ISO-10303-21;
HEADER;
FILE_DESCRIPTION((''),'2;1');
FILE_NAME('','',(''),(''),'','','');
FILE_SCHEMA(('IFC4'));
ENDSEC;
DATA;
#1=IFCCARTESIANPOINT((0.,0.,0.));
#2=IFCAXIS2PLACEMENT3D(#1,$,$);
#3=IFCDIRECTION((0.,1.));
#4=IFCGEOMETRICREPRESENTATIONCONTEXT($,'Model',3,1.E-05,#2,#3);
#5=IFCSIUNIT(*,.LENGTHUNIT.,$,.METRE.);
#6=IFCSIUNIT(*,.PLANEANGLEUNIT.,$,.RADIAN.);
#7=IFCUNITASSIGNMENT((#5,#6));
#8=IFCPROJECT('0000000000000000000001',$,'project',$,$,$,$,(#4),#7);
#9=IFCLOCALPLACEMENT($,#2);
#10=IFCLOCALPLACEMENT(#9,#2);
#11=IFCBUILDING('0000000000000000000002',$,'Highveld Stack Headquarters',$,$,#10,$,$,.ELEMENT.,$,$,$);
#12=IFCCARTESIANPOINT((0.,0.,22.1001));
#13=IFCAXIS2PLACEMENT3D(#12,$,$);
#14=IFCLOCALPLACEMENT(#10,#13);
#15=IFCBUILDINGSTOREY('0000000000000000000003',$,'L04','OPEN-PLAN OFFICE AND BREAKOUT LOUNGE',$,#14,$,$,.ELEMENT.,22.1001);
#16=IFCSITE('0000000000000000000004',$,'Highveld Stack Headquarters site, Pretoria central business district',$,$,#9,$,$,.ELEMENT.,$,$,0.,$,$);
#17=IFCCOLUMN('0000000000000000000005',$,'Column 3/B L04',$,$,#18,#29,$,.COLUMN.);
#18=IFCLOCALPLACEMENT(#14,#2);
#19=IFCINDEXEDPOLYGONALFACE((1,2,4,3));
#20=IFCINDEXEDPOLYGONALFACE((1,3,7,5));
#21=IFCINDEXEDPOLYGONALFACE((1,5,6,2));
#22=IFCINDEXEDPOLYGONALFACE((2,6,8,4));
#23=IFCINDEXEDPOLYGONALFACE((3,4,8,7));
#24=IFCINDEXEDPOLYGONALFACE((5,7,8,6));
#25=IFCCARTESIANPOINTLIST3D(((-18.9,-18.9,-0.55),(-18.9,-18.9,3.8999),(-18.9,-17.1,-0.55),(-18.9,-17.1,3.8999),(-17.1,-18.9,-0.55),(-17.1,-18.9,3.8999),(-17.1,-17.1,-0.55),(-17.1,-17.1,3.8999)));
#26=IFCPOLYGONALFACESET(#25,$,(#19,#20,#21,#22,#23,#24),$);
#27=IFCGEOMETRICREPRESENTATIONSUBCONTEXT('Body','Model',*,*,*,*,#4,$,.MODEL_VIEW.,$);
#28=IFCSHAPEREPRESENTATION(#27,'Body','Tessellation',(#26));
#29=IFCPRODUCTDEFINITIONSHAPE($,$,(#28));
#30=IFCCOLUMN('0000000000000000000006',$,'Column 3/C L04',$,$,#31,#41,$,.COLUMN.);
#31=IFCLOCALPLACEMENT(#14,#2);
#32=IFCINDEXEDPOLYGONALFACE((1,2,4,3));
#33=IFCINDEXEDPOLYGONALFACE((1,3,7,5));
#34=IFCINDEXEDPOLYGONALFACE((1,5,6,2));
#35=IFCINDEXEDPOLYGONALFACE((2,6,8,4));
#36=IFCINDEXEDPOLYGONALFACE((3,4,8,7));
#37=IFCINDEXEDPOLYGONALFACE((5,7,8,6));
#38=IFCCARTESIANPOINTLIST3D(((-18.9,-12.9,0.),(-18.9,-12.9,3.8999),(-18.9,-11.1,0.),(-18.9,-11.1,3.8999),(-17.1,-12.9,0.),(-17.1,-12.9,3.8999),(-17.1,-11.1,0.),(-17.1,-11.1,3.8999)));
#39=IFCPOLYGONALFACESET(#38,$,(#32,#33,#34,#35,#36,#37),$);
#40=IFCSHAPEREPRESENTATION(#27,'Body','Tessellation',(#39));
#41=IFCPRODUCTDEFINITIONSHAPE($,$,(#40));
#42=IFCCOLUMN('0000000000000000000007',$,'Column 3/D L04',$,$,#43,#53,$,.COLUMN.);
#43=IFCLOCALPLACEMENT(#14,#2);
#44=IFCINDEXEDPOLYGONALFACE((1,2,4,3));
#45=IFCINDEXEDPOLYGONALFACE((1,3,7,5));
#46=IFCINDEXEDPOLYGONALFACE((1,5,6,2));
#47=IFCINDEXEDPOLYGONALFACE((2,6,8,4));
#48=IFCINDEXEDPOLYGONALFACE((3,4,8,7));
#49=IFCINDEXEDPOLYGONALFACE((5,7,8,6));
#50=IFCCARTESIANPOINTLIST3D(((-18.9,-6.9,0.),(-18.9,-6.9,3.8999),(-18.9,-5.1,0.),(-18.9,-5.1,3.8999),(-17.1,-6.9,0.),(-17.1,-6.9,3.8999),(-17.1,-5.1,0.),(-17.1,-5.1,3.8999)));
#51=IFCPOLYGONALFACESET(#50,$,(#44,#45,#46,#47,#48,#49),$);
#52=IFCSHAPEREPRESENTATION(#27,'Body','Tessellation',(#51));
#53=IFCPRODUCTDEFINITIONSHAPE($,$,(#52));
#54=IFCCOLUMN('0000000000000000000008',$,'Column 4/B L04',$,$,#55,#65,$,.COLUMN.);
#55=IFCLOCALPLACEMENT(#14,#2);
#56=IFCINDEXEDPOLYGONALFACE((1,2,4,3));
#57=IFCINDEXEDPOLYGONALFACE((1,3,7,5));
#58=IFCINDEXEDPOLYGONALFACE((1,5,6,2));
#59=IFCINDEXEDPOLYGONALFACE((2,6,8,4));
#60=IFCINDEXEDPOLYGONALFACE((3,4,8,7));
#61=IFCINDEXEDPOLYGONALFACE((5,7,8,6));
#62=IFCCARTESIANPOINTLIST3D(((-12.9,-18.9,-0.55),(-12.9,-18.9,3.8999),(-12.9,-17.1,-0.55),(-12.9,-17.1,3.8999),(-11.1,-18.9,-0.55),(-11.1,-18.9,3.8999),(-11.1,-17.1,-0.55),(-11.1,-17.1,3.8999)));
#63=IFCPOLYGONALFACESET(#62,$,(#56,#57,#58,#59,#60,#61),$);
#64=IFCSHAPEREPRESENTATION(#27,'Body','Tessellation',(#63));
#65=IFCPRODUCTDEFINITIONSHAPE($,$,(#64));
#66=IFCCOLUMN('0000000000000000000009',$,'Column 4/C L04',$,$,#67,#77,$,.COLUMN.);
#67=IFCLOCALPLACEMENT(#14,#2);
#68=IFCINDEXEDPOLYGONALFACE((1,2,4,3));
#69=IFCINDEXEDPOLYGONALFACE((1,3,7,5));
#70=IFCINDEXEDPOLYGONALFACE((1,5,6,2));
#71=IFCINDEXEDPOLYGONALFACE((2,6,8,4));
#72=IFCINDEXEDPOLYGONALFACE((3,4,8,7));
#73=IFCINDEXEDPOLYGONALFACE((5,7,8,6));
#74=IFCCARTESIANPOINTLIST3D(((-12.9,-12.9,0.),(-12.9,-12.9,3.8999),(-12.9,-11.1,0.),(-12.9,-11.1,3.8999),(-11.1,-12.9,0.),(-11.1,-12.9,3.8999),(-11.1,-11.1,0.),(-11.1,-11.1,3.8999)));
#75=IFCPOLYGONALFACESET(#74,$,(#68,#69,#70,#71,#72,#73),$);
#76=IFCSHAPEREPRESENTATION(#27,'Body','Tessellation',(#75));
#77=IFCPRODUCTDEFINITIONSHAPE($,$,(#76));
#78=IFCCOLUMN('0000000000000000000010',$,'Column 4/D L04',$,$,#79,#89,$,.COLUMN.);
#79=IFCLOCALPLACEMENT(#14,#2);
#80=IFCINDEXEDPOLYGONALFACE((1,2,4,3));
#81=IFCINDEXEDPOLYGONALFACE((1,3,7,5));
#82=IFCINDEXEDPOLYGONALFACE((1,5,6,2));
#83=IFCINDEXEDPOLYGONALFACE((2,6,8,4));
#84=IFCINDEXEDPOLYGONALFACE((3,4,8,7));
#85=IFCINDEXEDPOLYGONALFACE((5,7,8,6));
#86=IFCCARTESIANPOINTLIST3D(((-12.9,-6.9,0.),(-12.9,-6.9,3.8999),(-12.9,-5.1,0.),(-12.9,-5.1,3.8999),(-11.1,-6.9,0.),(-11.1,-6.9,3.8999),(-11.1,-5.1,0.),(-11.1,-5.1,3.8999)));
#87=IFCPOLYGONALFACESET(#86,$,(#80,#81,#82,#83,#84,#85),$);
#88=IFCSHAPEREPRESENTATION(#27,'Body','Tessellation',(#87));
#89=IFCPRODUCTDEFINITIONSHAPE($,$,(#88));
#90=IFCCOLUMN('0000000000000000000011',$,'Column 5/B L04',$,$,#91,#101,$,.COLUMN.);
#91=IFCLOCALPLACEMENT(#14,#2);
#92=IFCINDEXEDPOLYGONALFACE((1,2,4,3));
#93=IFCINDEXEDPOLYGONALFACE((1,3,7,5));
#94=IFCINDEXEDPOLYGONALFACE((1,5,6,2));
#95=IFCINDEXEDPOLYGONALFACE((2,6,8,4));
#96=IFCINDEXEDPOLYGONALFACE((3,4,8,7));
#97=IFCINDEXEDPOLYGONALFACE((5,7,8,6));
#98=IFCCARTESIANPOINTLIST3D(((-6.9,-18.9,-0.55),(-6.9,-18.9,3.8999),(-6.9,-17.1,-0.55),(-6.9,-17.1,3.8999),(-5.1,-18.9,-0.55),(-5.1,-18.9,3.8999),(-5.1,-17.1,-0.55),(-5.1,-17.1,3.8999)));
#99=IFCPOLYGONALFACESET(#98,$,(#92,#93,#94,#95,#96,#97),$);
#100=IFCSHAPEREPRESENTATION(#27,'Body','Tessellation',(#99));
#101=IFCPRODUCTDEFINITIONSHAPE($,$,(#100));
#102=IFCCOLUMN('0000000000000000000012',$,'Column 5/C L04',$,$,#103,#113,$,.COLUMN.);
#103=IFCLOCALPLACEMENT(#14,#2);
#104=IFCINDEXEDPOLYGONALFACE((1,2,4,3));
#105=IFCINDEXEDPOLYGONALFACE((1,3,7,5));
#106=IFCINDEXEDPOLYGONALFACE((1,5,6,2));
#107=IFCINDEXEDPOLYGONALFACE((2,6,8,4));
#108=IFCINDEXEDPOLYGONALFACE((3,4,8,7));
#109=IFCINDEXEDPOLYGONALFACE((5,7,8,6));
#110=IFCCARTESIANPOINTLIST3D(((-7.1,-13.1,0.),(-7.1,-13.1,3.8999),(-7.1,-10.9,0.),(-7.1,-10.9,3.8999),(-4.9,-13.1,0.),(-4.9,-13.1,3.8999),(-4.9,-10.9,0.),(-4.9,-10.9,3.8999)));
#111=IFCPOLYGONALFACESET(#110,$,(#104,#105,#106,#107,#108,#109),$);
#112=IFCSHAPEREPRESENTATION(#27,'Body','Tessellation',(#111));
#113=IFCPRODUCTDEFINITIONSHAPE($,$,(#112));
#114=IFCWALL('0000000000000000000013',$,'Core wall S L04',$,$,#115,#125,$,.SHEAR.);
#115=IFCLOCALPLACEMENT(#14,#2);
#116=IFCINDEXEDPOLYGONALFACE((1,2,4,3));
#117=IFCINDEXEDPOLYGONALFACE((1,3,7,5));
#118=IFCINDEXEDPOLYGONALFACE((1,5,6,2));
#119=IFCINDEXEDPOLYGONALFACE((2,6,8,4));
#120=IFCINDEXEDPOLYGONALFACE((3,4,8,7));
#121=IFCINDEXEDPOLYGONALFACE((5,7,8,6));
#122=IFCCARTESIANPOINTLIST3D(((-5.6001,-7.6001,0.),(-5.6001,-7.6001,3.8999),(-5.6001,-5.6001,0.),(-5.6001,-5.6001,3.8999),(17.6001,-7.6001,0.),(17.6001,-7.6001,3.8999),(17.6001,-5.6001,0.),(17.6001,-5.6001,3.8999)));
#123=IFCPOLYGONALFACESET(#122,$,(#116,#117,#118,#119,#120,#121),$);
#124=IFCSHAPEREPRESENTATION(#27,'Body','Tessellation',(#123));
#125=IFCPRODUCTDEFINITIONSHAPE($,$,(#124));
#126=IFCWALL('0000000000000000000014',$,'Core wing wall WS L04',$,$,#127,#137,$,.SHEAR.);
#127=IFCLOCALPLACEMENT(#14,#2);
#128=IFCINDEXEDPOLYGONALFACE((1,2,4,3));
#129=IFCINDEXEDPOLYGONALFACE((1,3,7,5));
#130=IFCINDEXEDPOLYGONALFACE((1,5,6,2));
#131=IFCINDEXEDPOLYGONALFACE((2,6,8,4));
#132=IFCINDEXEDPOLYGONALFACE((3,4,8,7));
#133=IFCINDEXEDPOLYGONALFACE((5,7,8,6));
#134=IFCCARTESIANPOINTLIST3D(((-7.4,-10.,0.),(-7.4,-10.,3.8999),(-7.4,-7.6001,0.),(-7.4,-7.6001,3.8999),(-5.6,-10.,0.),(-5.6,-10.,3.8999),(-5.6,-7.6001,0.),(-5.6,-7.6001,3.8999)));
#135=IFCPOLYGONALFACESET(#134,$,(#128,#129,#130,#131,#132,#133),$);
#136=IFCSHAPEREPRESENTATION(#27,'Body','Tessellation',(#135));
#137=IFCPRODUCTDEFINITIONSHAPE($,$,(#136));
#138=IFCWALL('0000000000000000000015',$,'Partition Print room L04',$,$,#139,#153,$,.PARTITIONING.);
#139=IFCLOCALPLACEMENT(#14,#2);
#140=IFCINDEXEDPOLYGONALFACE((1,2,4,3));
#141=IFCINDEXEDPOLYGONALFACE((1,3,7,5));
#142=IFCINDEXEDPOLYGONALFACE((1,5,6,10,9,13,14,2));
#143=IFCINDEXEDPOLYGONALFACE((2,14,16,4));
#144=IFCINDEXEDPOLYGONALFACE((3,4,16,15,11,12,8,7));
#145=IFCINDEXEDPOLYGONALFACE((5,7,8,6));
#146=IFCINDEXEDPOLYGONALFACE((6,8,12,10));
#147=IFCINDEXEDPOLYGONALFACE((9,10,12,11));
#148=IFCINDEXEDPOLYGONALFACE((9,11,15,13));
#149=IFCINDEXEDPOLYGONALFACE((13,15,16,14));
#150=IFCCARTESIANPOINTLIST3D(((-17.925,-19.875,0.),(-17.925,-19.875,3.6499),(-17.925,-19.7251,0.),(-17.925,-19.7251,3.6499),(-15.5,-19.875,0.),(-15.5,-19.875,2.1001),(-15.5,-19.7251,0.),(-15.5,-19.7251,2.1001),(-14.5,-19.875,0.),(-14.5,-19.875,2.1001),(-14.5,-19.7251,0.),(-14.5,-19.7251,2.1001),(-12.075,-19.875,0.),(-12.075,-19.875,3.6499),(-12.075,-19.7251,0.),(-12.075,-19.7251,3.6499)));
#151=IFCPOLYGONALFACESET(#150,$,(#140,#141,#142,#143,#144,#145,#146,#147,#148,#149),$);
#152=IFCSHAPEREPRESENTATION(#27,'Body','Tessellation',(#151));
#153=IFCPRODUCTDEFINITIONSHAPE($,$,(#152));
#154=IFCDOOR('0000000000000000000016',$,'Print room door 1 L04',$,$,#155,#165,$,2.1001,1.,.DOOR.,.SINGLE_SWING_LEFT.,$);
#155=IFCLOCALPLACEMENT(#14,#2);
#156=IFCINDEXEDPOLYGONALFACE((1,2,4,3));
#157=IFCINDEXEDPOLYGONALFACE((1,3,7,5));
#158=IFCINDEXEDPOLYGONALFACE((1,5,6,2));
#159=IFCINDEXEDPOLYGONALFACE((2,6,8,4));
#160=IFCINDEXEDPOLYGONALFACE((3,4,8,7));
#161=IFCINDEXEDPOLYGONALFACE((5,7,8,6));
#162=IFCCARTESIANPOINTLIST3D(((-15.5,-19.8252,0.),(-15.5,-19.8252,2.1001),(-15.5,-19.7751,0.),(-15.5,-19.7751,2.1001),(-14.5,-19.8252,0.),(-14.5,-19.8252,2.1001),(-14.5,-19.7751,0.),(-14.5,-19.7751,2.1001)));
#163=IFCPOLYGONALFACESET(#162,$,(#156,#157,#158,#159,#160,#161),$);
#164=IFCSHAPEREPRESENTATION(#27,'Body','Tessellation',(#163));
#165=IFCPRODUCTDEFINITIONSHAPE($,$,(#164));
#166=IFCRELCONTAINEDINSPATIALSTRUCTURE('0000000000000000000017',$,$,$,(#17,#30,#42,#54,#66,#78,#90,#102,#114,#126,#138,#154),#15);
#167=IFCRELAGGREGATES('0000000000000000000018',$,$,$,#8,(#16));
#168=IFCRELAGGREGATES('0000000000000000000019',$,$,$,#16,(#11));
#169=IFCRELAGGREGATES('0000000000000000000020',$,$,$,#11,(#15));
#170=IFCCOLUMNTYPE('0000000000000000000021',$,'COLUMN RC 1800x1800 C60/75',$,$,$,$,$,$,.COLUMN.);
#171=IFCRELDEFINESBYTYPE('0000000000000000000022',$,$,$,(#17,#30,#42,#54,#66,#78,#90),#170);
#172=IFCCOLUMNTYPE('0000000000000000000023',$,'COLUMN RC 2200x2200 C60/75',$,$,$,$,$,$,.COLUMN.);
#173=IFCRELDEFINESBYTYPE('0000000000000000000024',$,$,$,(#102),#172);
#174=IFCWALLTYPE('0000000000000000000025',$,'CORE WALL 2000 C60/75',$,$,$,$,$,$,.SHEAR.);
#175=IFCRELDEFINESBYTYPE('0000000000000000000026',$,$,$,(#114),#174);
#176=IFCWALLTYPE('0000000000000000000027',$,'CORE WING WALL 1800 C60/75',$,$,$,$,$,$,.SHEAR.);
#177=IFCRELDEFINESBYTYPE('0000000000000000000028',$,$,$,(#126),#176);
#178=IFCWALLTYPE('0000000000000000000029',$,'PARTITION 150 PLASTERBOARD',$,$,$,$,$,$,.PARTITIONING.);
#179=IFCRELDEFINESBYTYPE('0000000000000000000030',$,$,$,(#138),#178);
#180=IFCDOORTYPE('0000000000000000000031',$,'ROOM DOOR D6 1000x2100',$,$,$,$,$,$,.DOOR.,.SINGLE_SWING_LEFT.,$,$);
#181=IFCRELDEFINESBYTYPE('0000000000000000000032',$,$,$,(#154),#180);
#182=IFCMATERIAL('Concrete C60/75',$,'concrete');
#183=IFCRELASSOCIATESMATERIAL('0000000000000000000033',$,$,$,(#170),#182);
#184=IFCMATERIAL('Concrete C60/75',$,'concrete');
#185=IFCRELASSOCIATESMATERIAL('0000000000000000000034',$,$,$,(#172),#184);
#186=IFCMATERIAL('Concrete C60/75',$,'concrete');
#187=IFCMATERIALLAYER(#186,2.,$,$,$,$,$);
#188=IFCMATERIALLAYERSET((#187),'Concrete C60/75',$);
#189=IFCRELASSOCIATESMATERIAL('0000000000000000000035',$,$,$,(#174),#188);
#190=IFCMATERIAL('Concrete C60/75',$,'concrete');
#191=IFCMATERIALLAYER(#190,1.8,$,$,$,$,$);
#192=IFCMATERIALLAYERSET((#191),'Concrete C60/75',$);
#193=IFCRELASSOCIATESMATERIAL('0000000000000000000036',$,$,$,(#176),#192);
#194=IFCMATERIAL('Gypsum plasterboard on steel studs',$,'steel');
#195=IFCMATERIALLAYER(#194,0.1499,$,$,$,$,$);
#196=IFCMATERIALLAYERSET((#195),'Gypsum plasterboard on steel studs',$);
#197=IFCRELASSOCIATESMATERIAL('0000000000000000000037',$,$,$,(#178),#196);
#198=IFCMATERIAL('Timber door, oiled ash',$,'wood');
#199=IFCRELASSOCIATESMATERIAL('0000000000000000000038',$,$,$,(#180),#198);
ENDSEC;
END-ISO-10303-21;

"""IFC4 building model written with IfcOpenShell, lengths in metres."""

from ifc_helpers import new_model, si_unit, direction, frame, frame_2d, origin, origin_2d, place, context, subcontext, project, spatial, rectangle, extrude, material, layer, layer_set, material_profile, profile_set, type_object, element, fill, save


model = new_model("IFC4")

# Units and contexts
model_context = context("Model", 3, precision=1e-05, world=origin(), true_north=direction((0.0, 1.0)))
body_context = subcontext(model_context, "Body", "Model", "MODEL_VIEW")
ifc_project = project(units=[si_unit("LENGTHUNIT", "METRE"), si_unit("PLANEANGLEUNIT", "RADIAN")], contexts=[model_context])

# Site, building, storey
site_placement = place(None, origin())
site = spatial("IfcSite", under=ifc_project, at=site_placement, Name="Highveld Stack Headquarters site, Pretoria central business district", CompositionType="ELEMENT", RefElevation=0.0)
building_placement = place(site_placement, origin())
building = spatial("IfcBuilding", under=site, at=building_placement, Name="Highveld Stack Headquarters", CompositionType="ELEMENT")
storey_placement = place(building_placement, frame((0.0, 0.0, 22.1001)))
storey = spatial("IfcBuildingStorey", under=building, at=storey_placement, Name="L04", Description="OPEN-PLAN OFFICE AND BREAKOUT LOUNGE", CompositionType="ELEMENT", Elevation=22.1001)

# Columns
ifc_material_1 = material(Name="Concrete C60/75", Category="concrete")
ifc_material_profile_1 = material_profile(ifc_material_1, rectangle(XDim=1.8, YDim=1.8, at=origin_2d()), Name="RC 1800x1800")
ifc_profile_set_1 = profile_set([ifc_material_profile_1], Name="Concrete C60/75")
column_type_1 = type_object("IfcColumnType", Name="COLUMN RC 1800x1800 C60/75", PredefinedType="COLUMN", material=ifc_profile_set_1)
column_1_placement = place(storey_placement, frame((-18.0, -18.0, -0.55), z_axis=(0.0, 0.0, 1.0), x_axis=(1.0, 0.0, 0.0)))
element("IfcColumn", 1, at=column_1_placement, inside=storey, type_object=column_type_1, Name="Column 3/B L04", PredefinedType="COLUMN", context=body_context, shape_type="SweptSolid", body=[
    extrude(rectangle(XDim=1.8, YDim=1.8, at=origin_2d()), origin(), (0.0, 0.0, 1.0), 4.45),
])
for number, where, z_axis, x_axis, name in (
    (2, (-18.0, -12.0, 0.0), (0.0, 0.0, 1.0), (1.0, 0.0, 0.0), "Column 3/C L04"),
    (3, (-18.0, -6.0, 0.0), (0.0, 0.0, 1.0), (1.0, 0.0, 0.0), "Column 3/D L04"),
):
    element("IfcColumn", number, at=place(storey_placement, frame(where, z_axis=z_axis, x_axis=x_axis)), inside=storey, type_object=column_type_1, Name=name, PredefinedType="COLUMN", context=body_context, shape_type="SweptSolid", body=[
        extrude(rectangle(XDim=1.8, YDim=1.8, at=origin_2d()), origin(), (0.0, 0.0, 1.0), 3.8999),
    ])
column_2_placement = place(storey_placement, frame((-12.0, -18.0, -0.55), z_axis=(0.0, 0.0, 1.0), x_axis=(1.0, 0.0, 0.0)))
element("IfcColumn", 4, at=column_2_placement, inside=storey, type_object=column_type_1, Name="Column 4/B L04", PredefinedType="COLUMN", context=body_context, shape_type="SweptSolid", body=[
    extrude(rectangle(XDim=1.8, YDim=1.8, at=origin_2d()), origin(), (0.0, 0.0, 1.0), 4.45),
])
for number, where, z_axis, x_axis, name in (
    (5, (-12.0, -12.0, 0.0), (0.0, 0.0, 1.0), (1.0, 0.0, 0.0), "Column 4/C L04"),
    (6, (-12.0, -6.0, 0.0), (0.0, 0.0, 1.0), (1.0, 0.0, 0.0), "Column 4/D L04"),
):
    element("IfcColumn", number, at=place(storey_placement, frame(where, z_axis=z_axis, x_axis=x_axis)), inside=storey, type_object=column_type_1, Name=name, PredefinedType="COLUMN", context=body_context, shape_type="SweptSolid", body=[
        extrude(rectangle(XDim=1.8, YDim=1.8, at=origin_2d()), origin(), (0.0, 0.0, 1.0), 3.8999),
    ])
column_3_placement = place(storey_placement, frame((-6.0, -18.0, -0.55), z_axis=(0.0, 0.0, 1.0), x_axis=(1.0, 0.0, 0.0)))
element("IfcColumn", 7, at=column_3_placement, inside=storey, type_object=column_type_1, Name="Column 5/B L04", PredefinedType="COLUMN", context=body_context, shape_type="SweptSolid", body=[
    extrude(rectangle(XDim=1.8, YDim=1.8, at=origin_2d()), origin(), (0.0, 0.0, 1.0), 4.45),
])
ifc_material_2 = material(Name="Concrete C60/75", Category="concrete")
ifc_material_profile_2 = material_profile(ifc_material_2, rectangle(XDim=2.2, YDim=2.2, at=origin_2d()), Name="RC 2200x2200")
ifc_profile_set_2 = profile_set([ifc_material_profile_2], Name="Concrete C60/75")
column_type_2 = type_object("IfcColumnType", Name="COLUMN RC 2200x2200 C60/75", PredefinedType="COLUMN", material=ifc_profile_set_2)
column_4_placement = place(storey_placement, frame((-6.0, -12.0, 0.0), z_axis=(0.0, 0.0, 1.0), x_axis=(1.0, 0.0, 0.0)))
element("IfcColumn", 8, at=column_4_placement, inside=storey, type_object=column_type_2, Name="Column 5/C L04", PredefinedType="COLUMN", context=body_context, shape_type="SweptSolid", body=[
    extrude(rectangle(XDim=2.2, YDim=2.2, at=origin_2d()), origin(), (0.0, 0.0, 1.0), 3.8999),
])

# Walls
ifc_material_3 = material(Name="Concrete C60/75", Category="concrete")
ifc_layer_1 = layer(ifc_material_3, 2.0)
ifc_layer_set_1 = layer_set([ifc_layer_1], Name="Concrete C60/75")
wall_type_1 = type_object("IfcWallType", Name="CORE WALL 2000 C60/75", PredefinedType="SHEAR", material=ifc_layer_set_1)
wall_1_placement = place(storey_placement, frame((-5.6001, -6.6001, 0.0), z_axis=(0.0, 0.0, 1.0), x_axis=(1.0, 0.0, 0.0)))
element("IfcWall", 9, at=wall_1_placement, inside=storey, type_object=wall_type_1, Name="Core wall S L04", PredefinedType="SHEAR", context=body_context, shape_type="SweptSolid", body=[
    extrude(rectangle(XDim=23.2002, YDim=2.0, at=frame_2d((11.6001, 0.0))), origin(), (0.0, 0.0, 1.0), 3.8999),
])
ifc_material_4 = material(Name="Concrete C60/75", Category="concrete")
ifc_layer_2 = layer(ifc_material_4, 1.8)
ifc_layer_set_2 = layer_set([ifc_layer_2], Name="Concrete C60/75")
wall_type_2 = type_object("IfcWallType", Name="CORE WING WALL 1800 C60/75", PredefinedType="SHEAR", material=ifc_layer_set_2)
wall_2_placement = place(storey_placement, frame((-6.5, -10.0, 0.0), z_axis=(0.0, 0.0, 1.0), x_axis=(0.0, 1.0, 0.0)))
element("IfcWall", 10, at=wall_2_placement, inside=storey, type_object=wall_type_2, Name="Core wing wall WS L04", PredefinedType="SHEAR", context=body_context, shape_type="SweptSolid", body=[
    extrude(rectangle(XDim=2.3999, YDim=1.8, at=frame_2d((1.2, 0.0))), origin(), (0.0, 0.0, 1.0), 3.8999),
])

# Wall, opening, door
ifc_material_5 = material(Name="Gypsum plasterboard on steel studs", Category="steel")
ifc_layer_3 = layer(ifc_material_5, 0.1499)
ifc_layer_set_3 = layer_set([ifc_layer_3], Name="Gypsum plasterboard on steel studs")
wall_type_3 = type_object("IfcWallType", Name="PARTITION 150 PLASTERBOARD", PredefinedType="PARTITIONING", material=ifc_layer_set_3)
wall_3_placement = place(storey_placement, frame((-17.925, -19.8, 0.0), z_axis=(0.0, 0.0, 1.0), x_axis=(1.0, 0.0, 0.0)))
wall_3 = element("IfcWall", 11, at=wall_3_placement, inside=storey, type_object=wall_type_3, Name="Partition Print room L04", PredefinedType="PARTITIONING", context=body_context, shape_type="SweptSolid", body=[
    extrude(rectangle(XDim=5.8501, YDim=0.1499, at=frame_2d((2.925, 0.0))), origin(), (0.0, 0.0, 1.0), 3.6499),
])
opening_1_placement = place(wall_3_placement, frame((2.425, 0.0, 0.0)))
opening_1 = element("IfcOpeningElement", 12, at=opening_1_placement, cuts=wall_3, PredefinedType="OPENING", context=body_context, shape_type="SweptSolid", body=[
    extrude(rectangle(XDim=1.0, YDim=2.1001, at=frame_2d((0.5, 1.05))), frame((0.0, 0.085, 0.0), z_axis=(0.0, -1.0, 0.0), x_axis=(1.0, 0.0, 0.0)), (0.0, 0.0, 1.0), 0.1699),
])
ifc_material_6 = material(Name="Timber door, oiled ash", Category="wood")
door_type_1 = type_object("IfcDoorType", Name="ROOM DOOR D6 1000x2100", OperationType="SINGLE_SWING_LEFT", PredefinedType="DOOR", material=ifc_material_6)
door_1_placement = place(opening_1_placement, origin())
door_1 = element("IfcDoor", 13, at=door_1_placement, inside=storey, type_object=door_type_1, Name="Print room door 1 L04", OperationType="SINGLE_SWING_LEFT", OverallHeight=2.1001, OverallWidth=1.0, PredefinedType="DOOR", context=body_context, shape_type="SweptSolid", body=[
    extrude(rectangle(XDim=1.0, YDim=2.1001, at=frame_2d((0.5, 1.05))), frame((0.0, 0.0249, 0.0), z_axis=(0.0, -1.0, 0.0), x_axis=(1.0, 0.0, 0.0)), (0.0, 0.0, 1.0), 0.05),
])
fill(opening_1, door_1)

save(model, "model.ifc")
